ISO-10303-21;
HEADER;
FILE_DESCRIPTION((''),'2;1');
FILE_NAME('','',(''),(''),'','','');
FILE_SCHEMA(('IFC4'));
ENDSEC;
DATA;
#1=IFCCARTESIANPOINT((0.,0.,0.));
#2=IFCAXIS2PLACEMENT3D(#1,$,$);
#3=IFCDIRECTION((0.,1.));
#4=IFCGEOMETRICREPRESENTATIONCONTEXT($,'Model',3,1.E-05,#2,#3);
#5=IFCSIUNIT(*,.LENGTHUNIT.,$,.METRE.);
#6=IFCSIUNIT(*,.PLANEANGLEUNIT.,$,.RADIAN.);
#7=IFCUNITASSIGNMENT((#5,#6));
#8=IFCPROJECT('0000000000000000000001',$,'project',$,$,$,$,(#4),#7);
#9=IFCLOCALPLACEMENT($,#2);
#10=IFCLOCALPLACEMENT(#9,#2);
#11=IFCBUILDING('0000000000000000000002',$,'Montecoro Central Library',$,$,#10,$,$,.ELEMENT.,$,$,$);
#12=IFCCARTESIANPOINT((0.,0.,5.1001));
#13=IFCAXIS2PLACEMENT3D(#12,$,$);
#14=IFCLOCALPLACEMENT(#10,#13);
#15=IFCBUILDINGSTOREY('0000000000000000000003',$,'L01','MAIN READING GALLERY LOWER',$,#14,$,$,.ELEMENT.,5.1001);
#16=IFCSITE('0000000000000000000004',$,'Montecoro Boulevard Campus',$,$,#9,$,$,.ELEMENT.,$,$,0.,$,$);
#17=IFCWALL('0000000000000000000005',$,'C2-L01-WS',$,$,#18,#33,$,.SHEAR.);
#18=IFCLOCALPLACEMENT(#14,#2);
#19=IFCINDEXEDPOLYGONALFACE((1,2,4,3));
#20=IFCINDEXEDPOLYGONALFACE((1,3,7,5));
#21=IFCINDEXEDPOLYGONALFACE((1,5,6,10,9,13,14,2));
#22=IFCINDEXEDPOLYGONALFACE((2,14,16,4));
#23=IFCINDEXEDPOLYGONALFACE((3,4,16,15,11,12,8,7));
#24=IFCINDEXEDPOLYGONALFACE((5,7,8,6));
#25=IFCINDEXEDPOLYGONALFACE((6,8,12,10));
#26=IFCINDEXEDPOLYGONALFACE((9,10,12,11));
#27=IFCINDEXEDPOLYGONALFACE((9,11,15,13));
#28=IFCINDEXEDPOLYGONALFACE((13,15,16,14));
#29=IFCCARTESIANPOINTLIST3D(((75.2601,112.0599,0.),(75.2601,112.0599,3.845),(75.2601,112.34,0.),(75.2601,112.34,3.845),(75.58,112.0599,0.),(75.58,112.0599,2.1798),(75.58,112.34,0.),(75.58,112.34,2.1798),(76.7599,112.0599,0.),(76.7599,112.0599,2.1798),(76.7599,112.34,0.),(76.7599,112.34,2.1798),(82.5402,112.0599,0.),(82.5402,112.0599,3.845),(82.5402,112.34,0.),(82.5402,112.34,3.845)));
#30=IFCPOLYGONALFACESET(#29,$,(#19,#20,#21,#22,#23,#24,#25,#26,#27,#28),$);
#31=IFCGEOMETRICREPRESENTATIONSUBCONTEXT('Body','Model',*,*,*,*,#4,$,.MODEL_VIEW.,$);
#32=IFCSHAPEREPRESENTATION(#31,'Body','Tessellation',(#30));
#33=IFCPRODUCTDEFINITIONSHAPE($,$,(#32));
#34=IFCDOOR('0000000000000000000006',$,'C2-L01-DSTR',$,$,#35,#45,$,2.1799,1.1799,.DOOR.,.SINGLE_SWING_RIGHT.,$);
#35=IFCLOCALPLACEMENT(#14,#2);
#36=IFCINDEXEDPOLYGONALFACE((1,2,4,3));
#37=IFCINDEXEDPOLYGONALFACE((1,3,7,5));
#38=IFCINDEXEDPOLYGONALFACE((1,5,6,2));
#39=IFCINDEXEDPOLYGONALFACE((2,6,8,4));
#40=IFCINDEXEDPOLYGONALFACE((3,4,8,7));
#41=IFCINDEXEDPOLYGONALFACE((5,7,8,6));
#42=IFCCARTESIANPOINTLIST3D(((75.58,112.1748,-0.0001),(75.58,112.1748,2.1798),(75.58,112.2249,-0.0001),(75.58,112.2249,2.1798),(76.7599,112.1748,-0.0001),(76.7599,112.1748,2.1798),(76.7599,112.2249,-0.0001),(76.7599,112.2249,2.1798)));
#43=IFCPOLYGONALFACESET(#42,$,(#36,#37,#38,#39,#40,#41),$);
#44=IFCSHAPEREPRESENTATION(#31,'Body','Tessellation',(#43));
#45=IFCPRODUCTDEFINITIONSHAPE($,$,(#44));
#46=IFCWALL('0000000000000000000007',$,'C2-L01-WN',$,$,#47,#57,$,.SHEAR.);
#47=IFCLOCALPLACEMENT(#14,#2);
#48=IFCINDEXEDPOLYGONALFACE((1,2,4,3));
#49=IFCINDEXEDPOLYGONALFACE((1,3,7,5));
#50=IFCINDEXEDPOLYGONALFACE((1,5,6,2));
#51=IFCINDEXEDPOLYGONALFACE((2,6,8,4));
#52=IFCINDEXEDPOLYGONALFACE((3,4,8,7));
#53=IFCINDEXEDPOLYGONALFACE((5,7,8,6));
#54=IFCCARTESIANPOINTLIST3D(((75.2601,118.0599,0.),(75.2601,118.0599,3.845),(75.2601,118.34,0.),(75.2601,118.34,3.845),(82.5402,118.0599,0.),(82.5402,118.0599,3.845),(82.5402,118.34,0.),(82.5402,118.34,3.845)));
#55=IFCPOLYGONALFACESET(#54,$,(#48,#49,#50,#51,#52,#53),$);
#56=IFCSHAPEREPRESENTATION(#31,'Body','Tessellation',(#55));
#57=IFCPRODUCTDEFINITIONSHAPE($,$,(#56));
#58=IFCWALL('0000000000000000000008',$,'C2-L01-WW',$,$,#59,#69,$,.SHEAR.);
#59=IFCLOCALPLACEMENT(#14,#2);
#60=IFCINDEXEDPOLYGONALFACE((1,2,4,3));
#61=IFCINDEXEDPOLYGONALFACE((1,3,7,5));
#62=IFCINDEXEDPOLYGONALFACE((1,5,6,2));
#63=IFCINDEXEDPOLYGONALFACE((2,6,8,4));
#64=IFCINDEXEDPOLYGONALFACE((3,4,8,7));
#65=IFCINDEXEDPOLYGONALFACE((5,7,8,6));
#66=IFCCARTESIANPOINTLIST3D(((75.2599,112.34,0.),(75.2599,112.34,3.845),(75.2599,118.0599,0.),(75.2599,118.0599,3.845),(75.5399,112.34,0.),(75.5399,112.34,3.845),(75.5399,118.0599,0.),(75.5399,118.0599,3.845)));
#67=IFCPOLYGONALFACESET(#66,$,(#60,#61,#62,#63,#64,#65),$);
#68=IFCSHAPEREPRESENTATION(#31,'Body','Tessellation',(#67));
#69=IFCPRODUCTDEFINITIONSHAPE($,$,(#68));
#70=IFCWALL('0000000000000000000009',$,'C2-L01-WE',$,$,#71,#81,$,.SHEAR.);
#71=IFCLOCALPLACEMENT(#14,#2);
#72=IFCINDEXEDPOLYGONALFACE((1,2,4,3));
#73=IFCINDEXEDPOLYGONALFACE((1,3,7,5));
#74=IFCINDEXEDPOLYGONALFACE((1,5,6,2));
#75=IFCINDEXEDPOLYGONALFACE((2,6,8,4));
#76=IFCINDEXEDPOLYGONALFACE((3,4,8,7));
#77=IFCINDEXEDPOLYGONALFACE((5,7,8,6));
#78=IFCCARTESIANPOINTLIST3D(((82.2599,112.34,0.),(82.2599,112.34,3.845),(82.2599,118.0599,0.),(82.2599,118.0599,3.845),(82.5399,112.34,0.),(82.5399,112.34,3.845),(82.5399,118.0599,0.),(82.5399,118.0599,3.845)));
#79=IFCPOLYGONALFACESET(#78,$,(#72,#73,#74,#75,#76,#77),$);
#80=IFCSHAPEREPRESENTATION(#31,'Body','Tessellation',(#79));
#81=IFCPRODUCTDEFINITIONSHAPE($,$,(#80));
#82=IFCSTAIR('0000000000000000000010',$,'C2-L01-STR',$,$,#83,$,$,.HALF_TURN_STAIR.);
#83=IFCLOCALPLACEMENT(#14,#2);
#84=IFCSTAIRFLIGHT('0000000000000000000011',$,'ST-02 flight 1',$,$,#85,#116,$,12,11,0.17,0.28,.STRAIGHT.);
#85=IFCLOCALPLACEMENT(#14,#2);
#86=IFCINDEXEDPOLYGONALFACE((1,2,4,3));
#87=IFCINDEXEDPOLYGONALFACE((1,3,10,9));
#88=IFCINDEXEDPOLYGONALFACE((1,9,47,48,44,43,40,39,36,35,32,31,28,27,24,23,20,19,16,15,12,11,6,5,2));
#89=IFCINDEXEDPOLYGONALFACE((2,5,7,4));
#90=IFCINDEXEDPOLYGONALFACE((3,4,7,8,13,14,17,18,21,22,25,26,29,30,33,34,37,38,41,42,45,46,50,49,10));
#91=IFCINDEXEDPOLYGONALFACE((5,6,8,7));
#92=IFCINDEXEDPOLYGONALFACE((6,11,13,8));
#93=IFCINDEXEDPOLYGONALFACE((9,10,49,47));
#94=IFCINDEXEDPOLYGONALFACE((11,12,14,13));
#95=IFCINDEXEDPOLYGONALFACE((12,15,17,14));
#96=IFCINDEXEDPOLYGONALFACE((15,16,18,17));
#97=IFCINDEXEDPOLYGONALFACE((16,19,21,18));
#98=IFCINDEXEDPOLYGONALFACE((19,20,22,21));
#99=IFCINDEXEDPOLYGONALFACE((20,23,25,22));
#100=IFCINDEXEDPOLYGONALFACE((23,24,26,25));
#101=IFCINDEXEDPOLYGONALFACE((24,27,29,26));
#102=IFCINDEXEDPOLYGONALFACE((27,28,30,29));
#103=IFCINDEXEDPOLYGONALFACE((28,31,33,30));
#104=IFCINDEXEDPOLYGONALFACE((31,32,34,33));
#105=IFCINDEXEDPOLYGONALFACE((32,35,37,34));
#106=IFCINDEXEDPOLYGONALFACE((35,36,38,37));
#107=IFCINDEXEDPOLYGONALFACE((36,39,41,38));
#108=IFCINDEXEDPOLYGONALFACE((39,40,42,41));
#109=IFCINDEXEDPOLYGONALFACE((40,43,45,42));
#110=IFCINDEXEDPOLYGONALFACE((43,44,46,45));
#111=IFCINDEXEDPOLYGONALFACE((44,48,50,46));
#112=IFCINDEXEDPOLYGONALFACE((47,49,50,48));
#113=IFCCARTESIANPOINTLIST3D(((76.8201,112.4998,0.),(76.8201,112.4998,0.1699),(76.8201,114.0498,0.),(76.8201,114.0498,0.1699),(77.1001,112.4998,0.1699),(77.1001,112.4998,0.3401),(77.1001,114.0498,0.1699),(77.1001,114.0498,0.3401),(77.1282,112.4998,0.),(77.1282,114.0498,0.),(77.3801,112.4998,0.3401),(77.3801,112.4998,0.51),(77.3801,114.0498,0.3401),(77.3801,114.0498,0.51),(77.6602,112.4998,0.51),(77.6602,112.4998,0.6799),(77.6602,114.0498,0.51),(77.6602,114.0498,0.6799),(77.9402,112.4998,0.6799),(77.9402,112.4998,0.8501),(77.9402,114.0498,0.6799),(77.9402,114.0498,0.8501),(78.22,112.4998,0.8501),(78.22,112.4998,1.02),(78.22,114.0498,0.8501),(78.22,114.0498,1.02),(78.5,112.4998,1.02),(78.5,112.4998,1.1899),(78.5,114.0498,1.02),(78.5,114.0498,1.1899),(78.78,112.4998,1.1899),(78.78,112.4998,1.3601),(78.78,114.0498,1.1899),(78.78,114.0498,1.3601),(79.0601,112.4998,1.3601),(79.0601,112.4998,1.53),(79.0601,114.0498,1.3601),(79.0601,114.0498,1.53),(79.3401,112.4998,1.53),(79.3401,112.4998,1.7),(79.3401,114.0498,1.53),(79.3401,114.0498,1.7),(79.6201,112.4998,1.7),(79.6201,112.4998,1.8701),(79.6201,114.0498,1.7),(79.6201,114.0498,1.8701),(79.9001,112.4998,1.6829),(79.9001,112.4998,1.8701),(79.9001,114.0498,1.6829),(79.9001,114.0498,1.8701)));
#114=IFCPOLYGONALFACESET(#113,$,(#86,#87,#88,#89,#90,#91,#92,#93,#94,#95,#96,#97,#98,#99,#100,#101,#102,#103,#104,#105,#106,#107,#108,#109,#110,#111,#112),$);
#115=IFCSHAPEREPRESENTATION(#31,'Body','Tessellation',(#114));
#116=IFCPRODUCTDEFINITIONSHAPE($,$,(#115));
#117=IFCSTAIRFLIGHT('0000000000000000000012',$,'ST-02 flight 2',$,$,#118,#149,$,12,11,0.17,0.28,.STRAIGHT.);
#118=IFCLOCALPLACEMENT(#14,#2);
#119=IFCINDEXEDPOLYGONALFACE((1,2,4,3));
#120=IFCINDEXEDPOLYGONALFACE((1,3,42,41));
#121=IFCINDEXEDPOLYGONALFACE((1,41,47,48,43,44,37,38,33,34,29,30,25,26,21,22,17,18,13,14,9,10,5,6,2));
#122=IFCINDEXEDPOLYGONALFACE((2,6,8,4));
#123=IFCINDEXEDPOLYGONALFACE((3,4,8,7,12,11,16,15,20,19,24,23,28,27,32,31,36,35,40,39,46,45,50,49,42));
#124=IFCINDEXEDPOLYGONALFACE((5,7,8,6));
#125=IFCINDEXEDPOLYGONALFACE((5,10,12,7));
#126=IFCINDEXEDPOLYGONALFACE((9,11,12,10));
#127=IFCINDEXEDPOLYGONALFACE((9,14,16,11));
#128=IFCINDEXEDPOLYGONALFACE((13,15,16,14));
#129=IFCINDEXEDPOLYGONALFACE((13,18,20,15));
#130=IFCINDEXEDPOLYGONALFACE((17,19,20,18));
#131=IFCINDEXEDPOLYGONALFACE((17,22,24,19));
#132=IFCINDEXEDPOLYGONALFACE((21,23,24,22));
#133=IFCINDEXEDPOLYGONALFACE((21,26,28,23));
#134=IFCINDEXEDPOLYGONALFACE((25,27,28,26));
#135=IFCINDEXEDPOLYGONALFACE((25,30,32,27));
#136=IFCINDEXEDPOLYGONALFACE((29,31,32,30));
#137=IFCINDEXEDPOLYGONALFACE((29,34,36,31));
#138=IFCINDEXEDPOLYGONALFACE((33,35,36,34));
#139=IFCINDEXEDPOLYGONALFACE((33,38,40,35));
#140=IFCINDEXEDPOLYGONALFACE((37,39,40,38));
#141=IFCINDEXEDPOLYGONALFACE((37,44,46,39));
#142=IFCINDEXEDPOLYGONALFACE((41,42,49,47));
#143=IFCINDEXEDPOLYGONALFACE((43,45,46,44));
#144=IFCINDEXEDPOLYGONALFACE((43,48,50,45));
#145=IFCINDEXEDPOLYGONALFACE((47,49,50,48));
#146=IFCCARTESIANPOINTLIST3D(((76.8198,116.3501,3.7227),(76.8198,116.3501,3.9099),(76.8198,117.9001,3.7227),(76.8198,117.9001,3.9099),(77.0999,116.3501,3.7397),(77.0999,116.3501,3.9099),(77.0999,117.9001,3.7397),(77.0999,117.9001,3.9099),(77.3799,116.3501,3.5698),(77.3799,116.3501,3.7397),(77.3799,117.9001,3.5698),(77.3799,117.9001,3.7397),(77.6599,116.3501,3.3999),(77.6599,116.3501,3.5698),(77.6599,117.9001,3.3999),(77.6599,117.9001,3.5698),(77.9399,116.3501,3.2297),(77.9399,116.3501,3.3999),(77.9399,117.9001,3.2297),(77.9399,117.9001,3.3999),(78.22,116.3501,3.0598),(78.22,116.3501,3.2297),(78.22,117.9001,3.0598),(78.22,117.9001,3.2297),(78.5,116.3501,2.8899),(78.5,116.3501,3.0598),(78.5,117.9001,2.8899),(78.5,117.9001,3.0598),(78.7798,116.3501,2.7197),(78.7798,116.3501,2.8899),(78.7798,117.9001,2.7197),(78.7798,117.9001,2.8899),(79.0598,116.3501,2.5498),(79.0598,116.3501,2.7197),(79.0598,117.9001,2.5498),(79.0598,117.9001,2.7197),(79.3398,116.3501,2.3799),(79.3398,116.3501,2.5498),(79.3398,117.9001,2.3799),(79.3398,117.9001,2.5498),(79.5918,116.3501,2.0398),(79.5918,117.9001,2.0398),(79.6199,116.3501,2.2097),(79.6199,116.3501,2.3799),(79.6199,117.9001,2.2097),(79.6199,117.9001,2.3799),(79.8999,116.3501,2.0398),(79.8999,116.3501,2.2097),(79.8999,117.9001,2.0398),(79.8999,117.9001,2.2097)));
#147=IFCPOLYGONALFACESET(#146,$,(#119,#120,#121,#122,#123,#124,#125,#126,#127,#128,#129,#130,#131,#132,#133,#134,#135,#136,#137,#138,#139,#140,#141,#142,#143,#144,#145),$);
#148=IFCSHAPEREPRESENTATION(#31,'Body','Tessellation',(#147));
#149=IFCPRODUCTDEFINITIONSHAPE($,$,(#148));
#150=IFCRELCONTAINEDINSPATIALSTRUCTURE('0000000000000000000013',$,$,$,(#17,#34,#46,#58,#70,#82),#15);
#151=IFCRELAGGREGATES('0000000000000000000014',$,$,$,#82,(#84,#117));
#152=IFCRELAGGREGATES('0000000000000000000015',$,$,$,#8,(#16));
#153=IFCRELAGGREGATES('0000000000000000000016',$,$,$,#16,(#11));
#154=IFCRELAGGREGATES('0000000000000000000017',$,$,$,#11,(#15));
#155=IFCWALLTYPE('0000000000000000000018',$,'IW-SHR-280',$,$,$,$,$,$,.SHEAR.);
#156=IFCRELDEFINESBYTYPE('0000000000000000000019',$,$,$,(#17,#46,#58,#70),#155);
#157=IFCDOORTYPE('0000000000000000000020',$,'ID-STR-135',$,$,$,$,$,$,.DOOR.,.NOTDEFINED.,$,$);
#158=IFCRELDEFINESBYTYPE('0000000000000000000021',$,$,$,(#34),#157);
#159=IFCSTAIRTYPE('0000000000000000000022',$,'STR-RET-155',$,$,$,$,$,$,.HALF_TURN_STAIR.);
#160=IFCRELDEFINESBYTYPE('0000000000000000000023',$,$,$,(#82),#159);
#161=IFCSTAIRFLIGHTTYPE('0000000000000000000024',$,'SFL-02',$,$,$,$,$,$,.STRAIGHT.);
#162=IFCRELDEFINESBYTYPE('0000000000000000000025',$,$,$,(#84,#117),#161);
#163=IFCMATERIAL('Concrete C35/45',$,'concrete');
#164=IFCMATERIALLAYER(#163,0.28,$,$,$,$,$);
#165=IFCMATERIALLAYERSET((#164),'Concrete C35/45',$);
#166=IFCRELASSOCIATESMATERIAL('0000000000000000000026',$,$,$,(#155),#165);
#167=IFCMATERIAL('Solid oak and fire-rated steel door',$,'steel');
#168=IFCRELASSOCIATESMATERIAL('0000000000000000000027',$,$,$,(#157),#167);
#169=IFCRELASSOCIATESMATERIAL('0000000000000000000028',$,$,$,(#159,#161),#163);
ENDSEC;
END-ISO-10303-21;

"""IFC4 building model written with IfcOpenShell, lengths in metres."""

from ifc_helpers import new_model, si_unit, direction, frame, frame_2d, origin, place, context, subcontext, project, spatial, polyline, rectangle, outline, extrude, material, layer, layer_set, type_object, element, fill, aggregate, save


model = new_model("IFC4")

# Units and contexts
model_context = context("Model", 3, precision=1e-05, world=origin(), true_north=direction((0.0, 1.0)))
body_context = subcontext(model_context, "Body", "Model", "MODEL_VIEW")
ifc_project = project(units=[si_unit("LENGTHUNIT", "METRE"), si_unit("PLANEANGLEUNIT", "RADIAN")], contexts=[model_context])

# Site, building, storey
site_placement = place(None, origin())
site = spatial("IfcSite", under=ifc_project, at=site_placement, Name="Montecoro Boulevard Campus", CompositionType="ELEMENT", RefElevation=0.0)
building_placement = place(site_placement, origin())
building = spatial("IfcBuilding", under=site, at=building_placement, Name="Montecoro Central Library", CompositionType="ELEMENT")
storey_placement = place(building_placement, frame((0.0, 0.0, 5.1001)))
storey = spatial("IfcBuildingStorey", under=building, at=storey_placement, Name="L01", Description="MAIN READING GALLERY LOWER", CompositionType="ELEMENT", Elevation=5.1001)

# Shared definitions
ifc_material_1 = material(Name="Concrete C35/45", Category="concrete")

# Wall, opening, door
ifc_material_2 = material(Name="Solid oak and fire-rated steel door", Category="steel")
ifc_layer_1 = layer(ifc_material_1, 0.28)
ifc_layer_set_1 = layer_set([ifc_layer_1], Name="Concrete C35/45")
wall_type_1 = type_object("IfcWallType", Name="IW-SHR-280", PredefinedType="SHEAR", material=ifc_layer_set_1)
wall_1_placement = place(storey_placement, frame((75.26, 112.2, 0.0), z_axis=(0.0, 0.0, 1.0), x_axis=(1.0, 0.0, 0.0)))
wall_1 = element("IfcWall", 1, at=wall_1_placement, inside=storey, type_object=wall_type_1, Name="C2-L01-WS", PredefinedType="SHEAR", context=body_context, shape_type="SweptSolid", body=[
    extrude(rectangle(XDim=7.28, YDim=0.28, at=frame_2d((3.6401, 0.0))), origin(), (0.0, 0.0, 1.0), 3.845),
])
opening_1_placement = place(wall_1_placement, frame((0.3201, 0.0, 0.0)))
opening_1 = element("IfcOpeningElement", 2, at=opening_1_placement, cuts=wall_1, PredefinedType="OPENING", context=body_context, shape_type="SweptSolid", body=[
    extrude(rectangle(XDim=1.1799, YDim=2.1799, at=frame_2d((0.5898, 1.0898))), frame((0.0, 0.1499, 0.0), z_axis=(0.0, -1.0, 0.0), x_axis=(1.0, 0.0, 0.0)), (0.0, 0.0, 1.0), 0.3),
])
door_type_1 = type_object("IfcDoorType", Name="ID-STR-135", OperationType="NOTDEFINED", PredefinedType="DOOR", material=ifc_material_2)
door_1_placement = place(opening_1_placement, origin())
door_1 = element("IfcDoor", 3, at=door_1_placement, inside=storey, type_object=door_type_1, Name="C2-L01-DSTR", OperationType="SINGLE_SWING_RIGHT", OverallHeight=2.1799, OverallWidth=1.1799, PredefinedType="DOOR", context=body_context, shape_type="SweptSolid", body=[
    extrude(rectangle(XDim=1.1799, YDim=2.1799, at=frame_2d((0.5898, 1.0898))), frame((0.0, 0.0249, 0.0), z_axis=(0.0, -1.0, 0.0), x_axis=(1.0, 0.0, 0.0)), (0.0, 0.0, 1.0), 0.05),
])
fill(opening_1, door_1)

# Walls
wall_2_placement = place(storey_placement, frame((75.26, 118.2, 0.0), z_axis=(0.0, 0.0, 1.0), x_axis=(1.0, 0.0, 0.0)))
element("IfcWall", 4, at=wall_2_placement, inside=storey, type_object=wall_type_1, Name="C2-L01-WN", PredefinedType="SHEAR", context=body_context, shape_type="SweptSolid", body=[
    extrude(rectangle(XDim=7.28, YDim=0.28, at=frame_2d((3.6401, 0.0))), origin(), (0.0, 0.0, 1.0), 3.845),
])
for number, where, z_axis, x_axis, name in (
    (5, (75.3999, 112.3401, 0.0), (0.0, 0.0, 1.0), (0.0, 1.0, 0.0), "C2-L01-WW"),
    (6, (82.3999, 112.3401, 0.0), (0.0, 0.0, 1.0), (0.0, 1.0, 0.0), "C2-L01-WE"),
):
    element("IfcWall", number, at=place(storey_placement, frame(where, z_axis=z_axis, x_axis=x_axis)), inside=storey, type_object=wall_type_1, Name=name, PredefinedType="SHEAR", context=body_context, shape_type="SweptSolid", body=[
        extrude(rectangle(XDim=5.72, YDim=0.28, at=frame_2d((2.8599, 0.0))), origin(), (0.0, 0.0, 1.0), 3.845),
    ])

# Stair, stair flights
stair_type = type_object("IfcStairType", Name="STR-RET-155", PredefinedType="HALF_TURN_STAIR", material=ifc_material_1)
stair_placement = place(storey_placement, origin())
stair = element("IfcStair", 7, at=stair_placement, inside=storey, type_object=stair_type, Name="C2-L01-STR", PredefinedType="HALF_TURN_STAIR")
stair_flight_type = type_object("IfcStairFlightType", Name="SFL-02", PredefinedType="STRAIGHT", material=ifc_material_1)
stair_flight_1_placement = place(storey_placement, frame((76.8201, 113.2749, 0.0), z_axis=(0.0, 0.0, 1.0), x_axis=(1.0, 0.0, 0.0)))
stair_flight_1 = element("IfcStairFlight", 8, at=stair_flight_1_placement, type_object=stair_flight_type, Name="ST-02 flight 1", NumberOfRisers=12, NumberOfTreads=11, PredefinedType="STRAIGHT", RiserHeight=0.17, TreadLength=0.28, context=body_context, shape_type="SweptSolid", body=[
    extrude(outline(polyline([(0.0, 0.0), (0.0, 0.1699), (0.28, 0.1699), (0.28, 0.3401), (0.5601, 0.3401), (0.5601, 0.51), (0.8401, 0.51), (0.8401, 0.6799), (1.1201, 0.6799), (1.1201, 0.8501), (1.3999, 0.8501), (1.3999, 1.02), (1.6799, 1.02), (1.6799, 1.1899), (1.96, 1.1899), (1.96, 1.3601), (2.24, 1.3601), (2.24, 1.53), (2.52, 1.53), (2.52, 1.7), (2.8, 1.7), (2.8, 1.8701), (3.0801, 1.8701), (3.0801, 2.04), (3.0801, 1.6829), (0.3081, 0.0), (0.0, 0.0)])), frame((0.0, 0.7749, 0.0), z_axis=(0.0, -1.0, 0.0), x_axis=(1.0, 0.0, 0.0)), (0.0, 0.0, 1.0), 1.55),
])
stair_flight_2_placement = place(storey_placement, frame((79.8999, 117.125, 2.0398), z_axis=(0.0, 0.0, 1.0), x_axis=(-1.0, 0.0, 0.0)))
stair_flight_2 = element("IfcStairFlight", 9, at=stair_flight_2_placement, type_object=stair_flight_type, Name="ST-02 flight 2", NumberOfRisers=12, NumberOfTreads=11, PredefinedType="STRAIGHT", RiserHeight=0.17, TreadLength=0.28, context=body_context, shape_type="SweptSolid", body=[
    extrude(outline(polyline([(0.0, 0.0), (0.0, 0.1699), (0.28, 0.1699), (0.28, 0.3401), (0.5601, 0.3401), (0.5601, 0.51), (0.8401, 0.51), (0.8401, 0.6799), (1.1201, 0.6799), (1.1201, 0.8501), (1.3999, 0.8501), (1.3999, 1.02), (1.6799, 1.02), (1.6799, 1.1899), (1.96, 1.1899), (1.96, 1.3601), (2.24, 1.3601), (2.24, 1.53), (2.52, 1.53), (2.52, 1.7), (2.8, 1.7), (2.8, 1.8701), (3.0801, 1.8701), (3.0801, 2.04), (3.0801, 1.6829), (0.3081, 0.0), (0.0, 0.0)])), frame((0.0, 0.7749, 0.0), z_axis=(0.0, -1.0, 0.0), x_axis=(1.0, 0.0, 0.0)), (0.0, 0.0, 1.0), 1.55),
])
aggregate(stair, [stair_flight_1, stair_flight_2])

save(model, "model.ifc")
